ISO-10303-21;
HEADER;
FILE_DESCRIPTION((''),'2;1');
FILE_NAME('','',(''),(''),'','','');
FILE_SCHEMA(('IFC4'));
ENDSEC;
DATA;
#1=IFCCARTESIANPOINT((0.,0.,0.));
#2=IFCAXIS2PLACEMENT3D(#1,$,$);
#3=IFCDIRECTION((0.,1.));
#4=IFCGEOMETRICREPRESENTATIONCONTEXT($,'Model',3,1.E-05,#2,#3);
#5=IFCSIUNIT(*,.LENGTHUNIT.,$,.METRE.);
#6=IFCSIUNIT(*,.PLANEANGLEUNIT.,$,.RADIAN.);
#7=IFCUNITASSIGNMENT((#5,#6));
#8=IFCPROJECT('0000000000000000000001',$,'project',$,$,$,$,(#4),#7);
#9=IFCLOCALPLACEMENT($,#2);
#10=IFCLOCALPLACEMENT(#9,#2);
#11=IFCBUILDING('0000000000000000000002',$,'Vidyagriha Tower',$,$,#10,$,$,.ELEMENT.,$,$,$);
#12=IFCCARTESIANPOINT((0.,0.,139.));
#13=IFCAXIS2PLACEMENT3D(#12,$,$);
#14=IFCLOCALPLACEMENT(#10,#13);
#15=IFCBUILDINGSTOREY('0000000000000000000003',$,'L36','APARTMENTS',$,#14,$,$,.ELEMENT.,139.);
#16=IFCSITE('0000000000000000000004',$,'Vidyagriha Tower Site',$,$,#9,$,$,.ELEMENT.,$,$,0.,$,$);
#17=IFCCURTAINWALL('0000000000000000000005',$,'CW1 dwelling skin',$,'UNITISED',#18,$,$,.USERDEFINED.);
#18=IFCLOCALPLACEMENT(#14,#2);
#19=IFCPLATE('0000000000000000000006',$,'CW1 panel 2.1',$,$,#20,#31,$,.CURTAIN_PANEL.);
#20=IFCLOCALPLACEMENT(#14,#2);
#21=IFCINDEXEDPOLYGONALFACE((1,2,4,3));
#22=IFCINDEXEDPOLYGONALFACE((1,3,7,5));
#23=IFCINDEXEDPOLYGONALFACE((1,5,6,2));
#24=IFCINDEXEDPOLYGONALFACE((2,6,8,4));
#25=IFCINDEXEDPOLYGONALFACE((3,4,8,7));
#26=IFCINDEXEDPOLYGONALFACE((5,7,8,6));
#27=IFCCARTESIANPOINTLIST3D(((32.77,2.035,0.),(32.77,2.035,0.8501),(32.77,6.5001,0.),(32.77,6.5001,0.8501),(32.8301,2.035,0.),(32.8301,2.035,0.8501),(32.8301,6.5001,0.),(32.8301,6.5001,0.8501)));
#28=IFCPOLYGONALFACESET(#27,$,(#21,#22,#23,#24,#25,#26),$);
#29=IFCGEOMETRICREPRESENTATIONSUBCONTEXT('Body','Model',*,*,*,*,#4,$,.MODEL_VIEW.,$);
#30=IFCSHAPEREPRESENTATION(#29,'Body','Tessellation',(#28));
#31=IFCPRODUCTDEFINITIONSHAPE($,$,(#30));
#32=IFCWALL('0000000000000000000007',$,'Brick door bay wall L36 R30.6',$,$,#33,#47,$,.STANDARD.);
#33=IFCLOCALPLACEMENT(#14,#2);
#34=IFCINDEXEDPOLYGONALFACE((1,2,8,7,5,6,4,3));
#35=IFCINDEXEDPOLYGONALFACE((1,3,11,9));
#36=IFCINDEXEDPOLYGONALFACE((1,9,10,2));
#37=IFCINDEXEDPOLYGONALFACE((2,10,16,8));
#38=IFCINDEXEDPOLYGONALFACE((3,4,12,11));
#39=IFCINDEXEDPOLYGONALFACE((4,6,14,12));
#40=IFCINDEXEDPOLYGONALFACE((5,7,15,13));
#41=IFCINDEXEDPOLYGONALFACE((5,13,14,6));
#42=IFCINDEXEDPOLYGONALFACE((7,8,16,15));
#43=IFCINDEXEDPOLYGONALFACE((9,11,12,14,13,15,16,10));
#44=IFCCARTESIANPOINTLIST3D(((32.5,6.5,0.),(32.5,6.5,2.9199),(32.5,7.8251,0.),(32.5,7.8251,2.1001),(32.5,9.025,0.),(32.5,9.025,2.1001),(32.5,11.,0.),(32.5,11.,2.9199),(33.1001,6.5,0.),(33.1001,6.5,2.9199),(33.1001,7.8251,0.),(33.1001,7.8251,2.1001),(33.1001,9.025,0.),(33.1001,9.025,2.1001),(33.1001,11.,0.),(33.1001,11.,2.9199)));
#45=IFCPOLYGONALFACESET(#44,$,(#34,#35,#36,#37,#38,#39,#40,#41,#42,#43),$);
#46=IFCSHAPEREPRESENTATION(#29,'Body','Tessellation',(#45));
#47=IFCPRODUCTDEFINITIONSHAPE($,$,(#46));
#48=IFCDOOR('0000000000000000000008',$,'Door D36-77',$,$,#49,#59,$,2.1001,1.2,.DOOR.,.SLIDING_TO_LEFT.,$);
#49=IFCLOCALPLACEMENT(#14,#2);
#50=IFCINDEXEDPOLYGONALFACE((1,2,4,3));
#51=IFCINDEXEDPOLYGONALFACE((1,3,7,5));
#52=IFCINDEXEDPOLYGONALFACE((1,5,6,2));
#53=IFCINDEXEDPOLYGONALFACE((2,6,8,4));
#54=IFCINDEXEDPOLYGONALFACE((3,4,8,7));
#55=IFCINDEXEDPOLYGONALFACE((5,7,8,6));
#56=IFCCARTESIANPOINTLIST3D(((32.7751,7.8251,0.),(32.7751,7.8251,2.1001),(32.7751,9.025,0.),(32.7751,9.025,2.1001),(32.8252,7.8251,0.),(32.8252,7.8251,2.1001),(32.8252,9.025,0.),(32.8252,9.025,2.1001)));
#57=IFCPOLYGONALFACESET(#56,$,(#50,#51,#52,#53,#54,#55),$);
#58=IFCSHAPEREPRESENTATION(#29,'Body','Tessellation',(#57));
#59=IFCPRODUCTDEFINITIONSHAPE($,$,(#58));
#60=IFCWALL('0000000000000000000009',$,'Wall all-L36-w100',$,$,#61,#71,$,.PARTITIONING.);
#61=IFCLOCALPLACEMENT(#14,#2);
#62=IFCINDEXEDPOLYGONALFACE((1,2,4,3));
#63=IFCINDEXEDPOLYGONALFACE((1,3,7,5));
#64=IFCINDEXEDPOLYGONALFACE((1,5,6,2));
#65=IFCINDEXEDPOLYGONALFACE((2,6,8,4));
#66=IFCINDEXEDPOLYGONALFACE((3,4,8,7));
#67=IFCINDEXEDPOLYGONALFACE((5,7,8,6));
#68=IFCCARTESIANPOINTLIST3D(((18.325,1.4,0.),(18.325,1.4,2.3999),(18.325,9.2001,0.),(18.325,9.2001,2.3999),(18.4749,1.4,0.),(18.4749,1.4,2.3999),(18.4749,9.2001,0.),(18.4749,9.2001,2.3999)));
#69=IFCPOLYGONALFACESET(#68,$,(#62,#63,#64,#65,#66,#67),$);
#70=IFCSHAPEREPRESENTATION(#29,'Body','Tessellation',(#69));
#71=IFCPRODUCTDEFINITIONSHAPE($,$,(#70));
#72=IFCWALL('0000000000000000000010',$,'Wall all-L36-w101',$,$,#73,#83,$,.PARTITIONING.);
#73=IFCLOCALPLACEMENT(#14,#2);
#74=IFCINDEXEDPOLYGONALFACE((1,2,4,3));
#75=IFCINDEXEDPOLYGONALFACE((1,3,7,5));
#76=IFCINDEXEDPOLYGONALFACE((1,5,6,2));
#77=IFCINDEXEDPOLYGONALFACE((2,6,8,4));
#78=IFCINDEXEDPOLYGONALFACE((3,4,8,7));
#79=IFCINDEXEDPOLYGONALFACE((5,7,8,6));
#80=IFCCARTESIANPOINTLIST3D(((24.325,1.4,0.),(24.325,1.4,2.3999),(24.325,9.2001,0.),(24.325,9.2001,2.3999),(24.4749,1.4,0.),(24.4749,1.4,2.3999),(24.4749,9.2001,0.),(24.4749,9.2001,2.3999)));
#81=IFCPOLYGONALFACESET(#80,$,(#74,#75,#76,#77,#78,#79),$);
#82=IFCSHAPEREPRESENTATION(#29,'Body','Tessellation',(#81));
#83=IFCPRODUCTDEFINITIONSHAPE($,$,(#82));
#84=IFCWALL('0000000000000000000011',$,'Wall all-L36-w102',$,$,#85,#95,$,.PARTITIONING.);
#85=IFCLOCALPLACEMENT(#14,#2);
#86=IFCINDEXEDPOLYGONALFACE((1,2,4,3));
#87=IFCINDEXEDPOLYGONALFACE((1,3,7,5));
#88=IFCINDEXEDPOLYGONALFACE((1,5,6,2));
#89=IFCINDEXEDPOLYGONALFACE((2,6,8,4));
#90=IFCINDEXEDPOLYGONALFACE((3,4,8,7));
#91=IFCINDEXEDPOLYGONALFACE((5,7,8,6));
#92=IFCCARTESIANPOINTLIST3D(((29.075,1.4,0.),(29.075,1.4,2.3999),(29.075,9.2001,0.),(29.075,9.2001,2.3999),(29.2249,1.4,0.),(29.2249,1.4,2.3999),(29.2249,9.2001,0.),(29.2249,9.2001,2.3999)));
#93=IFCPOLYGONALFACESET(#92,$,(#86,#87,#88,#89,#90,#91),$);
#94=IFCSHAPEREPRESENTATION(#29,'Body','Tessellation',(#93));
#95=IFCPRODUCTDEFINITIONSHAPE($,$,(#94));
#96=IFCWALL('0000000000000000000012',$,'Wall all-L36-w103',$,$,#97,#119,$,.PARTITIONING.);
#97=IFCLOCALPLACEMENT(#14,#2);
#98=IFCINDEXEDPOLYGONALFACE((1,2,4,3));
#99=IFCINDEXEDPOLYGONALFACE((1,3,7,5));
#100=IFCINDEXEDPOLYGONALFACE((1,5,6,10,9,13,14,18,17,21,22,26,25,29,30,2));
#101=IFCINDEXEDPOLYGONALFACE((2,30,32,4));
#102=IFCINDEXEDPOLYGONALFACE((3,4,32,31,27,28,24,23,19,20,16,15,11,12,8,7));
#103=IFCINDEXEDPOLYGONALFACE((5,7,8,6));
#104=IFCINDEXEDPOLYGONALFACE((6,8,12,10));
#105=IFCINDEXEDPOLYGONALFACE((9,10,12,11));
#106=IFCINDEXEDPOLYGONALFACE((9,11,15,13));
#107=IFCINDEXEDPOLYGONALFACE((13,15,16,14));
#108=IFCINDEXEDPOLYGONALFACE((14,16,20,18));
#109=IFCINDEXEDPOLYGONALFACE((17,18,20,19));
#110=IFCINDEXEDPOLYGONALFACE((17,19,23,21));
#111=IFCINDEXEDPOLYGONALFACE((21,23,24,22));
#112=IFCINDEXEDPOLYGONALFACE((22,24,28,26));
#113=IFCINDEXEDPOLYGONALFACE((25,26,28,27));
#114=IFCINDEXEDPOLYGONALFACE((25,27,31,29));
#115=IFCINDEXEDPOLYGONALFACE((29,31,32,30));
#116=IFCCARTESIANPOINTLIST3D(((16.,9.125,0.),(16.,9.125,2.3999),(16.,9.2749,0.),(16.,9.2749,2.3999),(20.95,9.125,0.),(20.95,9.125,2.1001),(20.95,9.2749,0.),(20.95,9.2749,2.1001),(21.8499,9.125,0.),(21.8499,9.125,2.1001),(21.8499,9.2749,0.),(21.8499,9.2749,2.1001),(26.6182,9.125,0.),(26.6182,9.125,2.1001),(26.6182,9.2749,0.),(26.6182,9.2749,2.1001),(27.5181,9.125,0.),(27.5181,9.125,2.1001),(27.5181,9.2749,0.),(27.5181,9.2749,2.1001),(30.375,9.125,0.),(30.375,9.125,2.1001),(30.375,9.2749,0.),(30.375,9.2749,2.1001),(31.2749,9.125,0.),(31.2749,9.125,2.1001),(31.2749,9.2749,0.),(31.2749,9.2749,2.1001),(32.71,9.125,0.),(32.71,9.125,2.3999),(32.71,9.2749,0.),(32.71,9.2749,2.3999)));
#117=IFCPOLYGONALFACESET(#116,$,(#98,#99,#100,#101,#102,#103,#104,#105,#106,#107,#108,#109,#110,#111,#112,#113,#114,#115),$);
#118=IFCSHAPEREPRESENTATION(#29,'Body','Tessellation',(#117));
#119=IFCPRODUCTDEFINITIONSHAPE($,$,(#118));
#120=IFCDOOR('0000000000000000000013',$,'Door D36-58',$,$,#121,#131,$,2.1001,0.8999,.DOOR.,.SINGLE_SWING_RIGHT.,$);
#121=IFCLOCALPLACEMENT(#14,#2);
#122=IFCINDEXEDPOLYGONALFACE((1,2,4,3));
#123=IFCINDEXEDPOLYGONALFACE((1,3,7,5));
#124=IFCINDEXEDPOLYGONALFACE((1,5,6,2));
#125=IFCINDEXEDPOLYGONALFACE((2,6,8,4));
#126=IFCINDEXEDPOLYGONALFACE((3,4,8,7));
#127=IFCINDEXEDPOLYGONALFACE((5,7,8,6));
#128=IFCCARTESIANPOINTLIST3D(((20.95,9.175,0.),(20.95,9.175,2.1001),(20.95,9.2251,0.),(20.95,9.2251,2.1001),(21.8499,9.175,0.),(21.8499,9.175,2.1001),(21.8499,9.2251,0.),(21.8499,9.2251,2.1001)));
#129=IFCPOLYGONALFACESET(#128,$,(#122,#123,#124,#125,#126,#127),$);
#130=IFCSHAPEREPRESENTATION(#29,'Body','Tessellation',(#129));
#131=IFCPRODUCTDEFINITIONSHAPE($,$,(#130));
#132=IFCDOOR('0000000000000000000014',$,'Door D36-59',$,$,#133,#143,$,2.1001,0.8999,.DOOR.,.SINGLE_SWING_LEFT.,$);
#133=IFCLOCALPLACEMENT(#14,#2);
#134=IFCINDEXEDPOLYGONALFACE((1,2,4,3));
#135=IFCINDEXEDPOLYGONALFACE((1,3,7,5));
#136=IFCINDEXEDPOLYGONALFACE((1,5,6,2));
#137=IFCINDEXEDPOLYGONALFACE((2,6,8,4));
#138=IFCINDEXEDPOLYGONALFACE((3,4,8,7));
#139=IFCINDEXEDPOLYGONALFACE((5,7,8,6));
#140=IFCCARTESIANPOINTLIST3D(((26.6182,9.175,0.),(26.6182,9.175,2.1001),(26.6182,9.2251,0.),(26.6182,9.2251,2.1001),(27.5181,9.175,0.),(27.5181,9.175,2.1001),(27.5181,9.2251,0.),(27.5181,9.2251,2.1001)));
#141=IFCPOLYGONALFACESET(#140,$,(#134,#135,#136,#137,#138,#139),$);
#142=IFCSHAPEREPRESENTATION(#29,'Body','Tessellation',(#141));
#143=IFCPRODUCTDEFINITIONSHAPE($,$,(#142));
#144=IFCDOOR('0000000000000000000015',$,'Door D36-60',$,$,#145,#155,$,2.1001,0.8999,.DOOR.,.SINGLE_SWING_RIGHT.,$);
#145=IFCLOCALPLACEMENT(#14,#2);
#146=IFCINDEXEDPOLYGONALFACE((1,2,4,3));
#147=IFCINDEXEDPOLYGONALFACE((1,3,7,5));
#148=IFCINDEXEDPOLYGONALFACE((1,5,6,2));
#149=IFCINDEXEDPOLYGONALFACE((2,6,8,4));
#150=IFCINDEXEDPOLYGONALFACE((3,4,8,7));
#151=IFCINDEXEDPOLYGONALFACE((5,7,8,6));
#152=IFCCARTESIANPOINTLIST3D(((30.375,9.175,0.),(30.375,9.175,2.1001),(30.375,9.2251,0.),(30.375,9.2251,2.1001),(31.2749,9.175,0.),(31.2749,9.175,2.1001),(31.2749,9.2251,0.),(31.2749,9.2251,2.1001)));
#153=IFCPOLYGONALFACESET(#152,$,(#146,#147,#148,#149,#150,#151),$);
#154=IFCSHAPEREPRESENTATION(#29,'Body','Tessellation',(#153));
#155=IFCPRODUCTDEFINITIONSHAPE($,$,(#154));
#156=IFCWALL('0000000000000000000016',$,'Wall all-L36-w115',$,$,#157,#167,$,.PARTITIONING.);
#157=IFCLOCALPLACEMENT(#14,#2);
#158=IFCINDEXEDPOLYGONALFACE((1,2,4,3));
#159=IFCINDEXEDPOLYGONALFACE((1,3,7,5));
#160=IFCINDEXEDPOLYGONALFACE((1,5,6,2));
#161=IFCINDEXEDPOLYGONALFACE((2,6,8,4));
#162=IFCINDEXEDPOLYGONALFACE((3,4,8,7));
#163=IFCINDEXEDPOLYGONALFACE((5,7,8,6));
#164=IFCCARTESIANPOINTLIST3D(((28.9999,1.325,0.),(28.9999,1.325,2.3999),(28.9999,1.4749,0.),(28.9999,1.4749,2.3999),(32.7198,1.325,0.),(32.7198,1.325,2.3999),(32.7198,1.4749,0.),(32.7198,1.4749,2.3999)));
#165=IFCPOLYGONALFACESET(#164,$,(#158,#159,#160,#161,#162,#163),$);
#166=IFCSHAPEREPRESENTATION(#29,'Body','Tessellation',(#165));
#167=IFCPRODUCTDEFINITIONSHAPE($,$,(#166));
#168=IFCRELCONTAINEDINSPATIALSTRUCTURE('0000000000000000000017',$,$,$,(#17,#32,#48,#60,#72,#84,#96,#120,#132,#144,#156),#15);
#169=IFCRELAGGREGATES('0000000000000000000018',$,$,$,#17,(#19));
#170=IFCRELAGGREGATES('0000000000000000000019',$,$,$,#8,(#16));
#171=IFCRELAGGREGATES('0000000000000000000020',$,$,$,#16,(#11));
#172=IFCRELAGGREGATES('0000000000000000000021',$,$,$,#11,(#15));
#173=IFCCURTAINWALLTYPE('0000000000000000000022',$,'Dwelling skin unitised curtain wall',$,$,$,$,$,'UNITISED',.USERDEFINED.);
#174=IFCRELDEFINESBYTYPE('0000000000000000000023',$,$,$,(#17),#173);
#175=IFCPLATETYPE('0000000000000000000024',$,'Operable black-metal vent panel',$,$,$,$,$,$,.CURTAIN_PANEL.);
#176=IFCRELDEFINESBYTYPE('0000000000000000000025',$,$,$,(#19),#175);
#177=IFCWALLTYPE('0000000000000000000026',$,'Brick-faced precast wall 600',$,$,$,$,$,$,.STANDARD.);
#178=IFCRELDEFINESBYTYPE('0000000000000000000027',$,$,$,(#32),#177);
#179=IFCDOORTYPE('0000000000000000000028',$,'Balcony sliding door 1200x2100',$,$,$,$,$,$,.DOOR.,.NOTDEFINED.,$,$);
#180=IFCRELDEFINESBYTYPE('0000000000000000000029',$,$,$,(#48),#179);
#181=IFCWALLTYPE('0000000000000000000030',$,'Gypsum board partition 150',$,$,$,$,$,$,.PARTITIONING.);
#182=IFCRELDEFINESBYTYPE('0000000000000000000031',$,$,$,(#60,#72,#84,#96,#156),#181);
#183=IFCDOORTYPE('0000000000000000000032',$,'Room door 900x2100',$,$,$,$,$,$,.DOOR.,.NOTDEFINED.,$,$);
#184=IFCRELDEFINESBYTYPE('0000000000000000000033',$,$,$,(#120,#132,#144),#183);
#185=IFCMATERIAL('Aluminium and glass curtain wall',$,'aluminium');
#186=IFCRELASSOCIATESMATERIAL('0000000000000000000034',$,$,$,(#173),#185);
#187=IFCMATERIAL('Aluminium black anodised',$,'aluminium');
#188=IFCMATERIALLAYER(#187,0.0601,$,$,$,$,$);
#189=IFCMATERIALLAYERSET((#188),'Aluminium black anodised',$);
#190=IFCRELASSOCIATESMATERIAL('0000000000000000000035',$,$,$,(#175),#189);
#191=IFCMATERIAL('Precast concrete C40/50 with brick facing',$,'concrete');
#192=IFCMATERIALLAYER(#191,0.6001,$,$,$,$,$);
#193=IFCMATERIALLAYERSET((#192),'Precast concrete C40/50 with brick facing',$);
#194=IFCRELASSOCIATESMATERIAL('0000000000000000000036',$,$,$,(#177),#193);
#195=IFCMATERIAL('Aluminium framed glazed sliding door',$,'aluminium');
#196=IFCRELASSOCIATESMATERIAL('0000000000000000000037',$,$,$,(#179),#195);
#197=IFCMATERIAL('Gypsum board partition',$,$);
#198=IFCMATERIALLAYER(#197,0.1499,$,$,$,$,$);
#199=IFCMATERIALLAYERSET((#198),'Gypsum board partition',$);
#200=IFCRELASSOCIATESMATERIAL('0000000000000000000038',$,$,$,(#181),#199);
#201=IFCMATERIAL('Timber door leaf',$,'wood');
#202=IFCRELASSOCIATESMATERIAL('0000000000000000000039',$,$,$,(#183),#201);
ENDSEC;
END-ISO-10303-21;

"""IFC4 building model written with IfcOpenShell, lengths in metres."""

from ifc_helpers import new_model, si_unit, direction, frame, frame_2d, origin, origin_2d, place, context, subcontext, project, spatial, rectangle, extrude, material, layer, layer_set, type_object, element, fill, aggregate, save


model = new_model("IFC4")

# Units and contexts
model_context = context("Model", 3, precision=1e-05, world=origin(), true_north=direction((0.0, 1.0)))
body_context = subcontext(model_context, "Body", "Model", "MODEL_VIEW")
ifc_project = project(units=[si_unit("LENGTHUNIT", "METRE"), si_unit("PLANEANGLEUNIT", "RADIAN")], contexts=[model_context])

# Site, building, storey
site_placement = place(None, origin())
site = spatial("IfcSite", under=ifc_project, at=site_placement, Name="Vidyagriha Tower Site", CompositionType="ELEMENT", RefElevation=0.0)
building_placement = place(site_placement, origin())
building = spatial("IfcBuilding", under=site, at=building_placement, Name="Vidyagriha Tower", CompositionType="ELEMENT")
storey_placement = place(building_placement, frame((0.0, 0.0, 139.0)))
storey = spatial("IfcBuildingStorey", under=building, at=storey_placement, Name="L36", Description="APARTMENTS", CompositionType="ELEMENT", Elevation=139.0)

# Curtain wall
ifc_material_1 = material(Name="Aluminium and glass curtain wall", Category="aluminium")
curtain_wall_type = type_object("IfcCurtainWallType", Name="Dwelling skin unitised curtain wall", ElementType="UNITISED", PredefinedType="USERDEFINED", material=ifc_material_1)
curtain_wall_1_placement = place(storey_placement, origin())
curtain_wall_1 = element("IfcCurtainWall", 1, at=curtain_wall_1_placement, inside=storey, type_object=curtain_wall_type, Name="CW1 dwelling skin", ObjectType="UNITISED", PredefinedType="USERDEFINED")

# Plate
ifc_material_2 = material(Name="Aluminium black anodised", Category="aluminium")
ifc_layer_1 = layer(ifc_material_2, 0.0601)
ifc_layer_set_1 = layer_set([ifc_layer_1], Name="Aluminium black anodised")
plate_type_1 = type_object("IfcPlateType", Name="Operable black-metal vent panel", PredefinedType="CURTAIN_PANEL", material=ifc_layer_set_1)
plate_1_placement = place(storey_placement, frame((32.8, 4.2676, 0.0), z_axis=(0.0, 0.0, 1.0), x_axis=(0.0, 1.0, 0.0)))
plate_1 = element("IfcPlate", 2, at=plate_1_placement, type_object=plate_type_1, Name="CW1 panel 2.1", PredefinedType="CURTAIN_PANEL", context=body_context, shape_type="SweptSolid", body=[
    extrude(rectangle(XDim=4.4651, YDim=0.0601, at=origin_2d()), origin(), (0.0, 0.0, 1.0), 0.8501),
])
aggregate(curtain_wall_1, [plate_1])

# Wall, opening, door
ifc_material_3 = material(Name="Precast concrete C40/50 with brick facing", Category="concrete")
ifc_layer_2 = layer(ifc_material_3, 0.6001)
ifc_layer_set_2 = layer_set([ifc_layer_2], Name="Precast concrete C40/50 with brick facing")
wall_type_1 = type_object("IfcWallType", Name="Brick-faced precast wall 600", PredefinedType="STANDARD", material=ifc_layer_set_2)
wall_1_placement = place(storey_placement, frame((32.8, 6.5, 0.0), z_axis=(0.0, 0.0, 1.0), x_axis=(0.0, 1.0, 0.0)))
wall_1 = element("IfcWall", 3, at=wall_1_placement, inside=storey, type_object=wall_type_1, Name="Brick door bay wall L36 R30.6", PredefinedType="STANDARD", context=body_context, shape_type="SweptSolid", body=[
    extrude(rectangle(XDim=4.5, YDim=0.6001, at=frame_2d((2.25, 0.0))), origin(), (0.0, 0.0, 1.0), 2.9199),
])
opening_1_placement = place(wall_1_placement, frame((1.325, 0.0, 0.0)))
opening_1 = element("IfcOpeningElement", 4, at=opening_1_placement, cuts=wall_1, PredefinedType="OPENING", context=body_context, shape_type="SweptSolid", body=[
    extrude(rectangle(XDim=1.2, YDim=2.1001, at=frame_2d((0.6001, 1.05))), frame((0.0, 0.3101, 0.0), z_axis=(0.0, -1.0, 0.0), x_axis=(1.0, 0.0, 0.0)), (0.0, 0.0, 1.0), 0.6201),
])
ifc_material_4 = material(Name="Aluminium framed glazed sliding door", Category="aluminium")
door_type_1 = type_object("IfcDoorType", Name="Balcony sliding door 1200x2100", OperationType="NOTDEFINED", PredefinedType="DOOR", material=ifc_material_4)
door_1_placement = place(opening_1_placement, origin())
door_1 = element("IfcDoor", 5, at=door_1_placement, inside=storey, type_object=door_type_1, Name="Door D36-77", OperationType="SLIDING_TO_LEFT", OverallHeight=2.1001, OverallWidth=1.2, PredefinedType="DOOR", context=body_context, shape_type="SweptSolid", body=[
    extrude(rectangle(XDim=1.2, YDim=2.1001, at=frame_2d((0.6001, 1.05))), frame((0.0, 0.0249, 0.0), z_axis=(0.0, -1.0, 0.0), x_axis=(1.0, 0.0, 0.0)), (0.0, 0.0, 1.0), 0.05),
])
fill(opening_1, door_1)

# Walls
ifc_material_5 = material(Name="Gypsum board partition")
ifc_layer_3 = layer(ifc_material_5, 0.1499)
ifc_layer_set_3 = layer_set([ifc_layer_3], Name="Gypsum board partition")
wall_type_2 = type_object("IfcWallType", Name="Gypsum board partition 150", PredefinedType="PARTITIONING", material=ifc_layer_set_3)
for number, where, z_axis, x_axis, name in (
    (6, (18.3999, 9.2, 0.0), (0.0, 0.0, 1.0), (0.0, -1.0, 0.0), "Wall all-L36-w100"),
    (7, (24.3999, 9.2, 0.0), (0.0, 0.0, 1.0), (0.0, -1.0, 0.0), "Wall all-L36-w101"),
    (8, (29.1499, 9.2, 0.0), (0.0, 0.0, 1.0), (0.0, -1.0, 0.0), "Wall all-L36-w102"),
):
    element("IfcWall", number, at=place(storey_placement, frame(where, z_axis=z_axis, x_axis=x_axis)), inside=storey, type_object=wall_type_2, Name=name, PredefinedType="PARTITIONING", context=body_context, shape_type="SweptSolid", body=[
        extrude(rectangle(XDim=7.8, YDim=0.1499, at=frame_2d((3.8999, 0.0))), origin(), (0.0, 0.0, 1.0), 2.3999),
    ])

# Wall, openings, doors
wall_2_placement = place(storey_placement, frame((32.71, 9.2, 0.0), z_axis=(0.0, 0.0, 1.0), x_axis=(-1.0, 0.0, 0.0)))
wall_2 = element("IfcWall", 9, at=wall_2_placement, inside=storey, type_object=wall_type_2, Name="Wall all-L36-w103", PredefinedType="PARTITIONING", context=body_context, shape_type="SweptSolid", body=[
    extrude(rectangle(XDim=16.71, YDim=0.1499, at=frame_2d((8.355, 0.0))), origin(), (0.0, 0.0, 1.0), 2.3999),
])
opening_2_placement = place(wall_2_placement, frame((10.8601, 0.0, 0.0)))
opening_2 = element("IfcOpeningElement", 10, at=opening_2_placement, cuts=wall_2, PredefinedType="OPENING", context=body_context, shape_type="SweptSolid", body=[
    extrude(rectangle(XDim=0.8999, YDim=2.1001, at=frame_2d((0.45, 1.05))), frame((0.0, 0.085, 0.0), z_axis=(0.0, -1.0, 0.0), x_axis=(1.0, 0.0, 0.0)), (0.0, 0.0, 1.0), 0.1699),
])
opening_3_placement = place(wall_2_placement, frame((5.1919, 0.0, 0.0)))
opening_3 = element("IfcOpeningElement", 11, at=opening_3_placement, cuts=wall_2, PredefinedType="OPENING", context=body_context, shape_type="SweptSolid", body=[
    extrude(rectangle(XDim=0.8999, YDim=2.1001, at=frame_2d((0.45, 1.05))), frame((0.0, 0.085, 0.0), z_axis=(0.0, -1.0, 0.0), x_axis=(1.0, 0.0, 0.0)), (0.0, 0.0, 1.0), 0.1699),
])
opening_4_placement = place(wall_2_placement, frame((1.4351, 0.0, 0.0)))
opening_4 = element("IfcOpeningElement", 12, at=opening_4_placement, cuts=wall_2, PredefinedType="OPENING", context=body_context, shape_type="SweptSolid", body=[
    extrude(rectangle(XDim=0.8999, YDim=2.1001, at=frame_2d((0.45, 1.05))), frame((0.0, 0.085, 0.0), z_axis=(0.0, -1.0, 0.0), x_axis=(1.0, 0.0, 0.0)), (0.0, 0.0, 1.0), 0.1699),
])
ifc_material_6 = material(Name="Timber door leaf", Category="wood")
door_type_2 = type_object("IfcDoorType", Name="Room door 900x2100", OperationType="NOTDEFINED", PredefinedType="DOOR", material=ifc_material_6)
door_2_placement = place(opening_2_placement, origin())
door_2 = element("IfcDoor", 13, at=door_2_placement, inside=storey, type_object=door_type_2, Name="Door D36-58", OperationType="SINGLE_SWING_RIGHT", OverallHeight=2.1001, OverallWidth=0.8999, PredefinedType="DOOR", context=body_context, shape_type="SweptSolid", body=[
    extrude(rectangle(XDim=0.8999, YDim=2.1001, at=frame_2d((0.45, 1.05))), frame((0.0, 0.0249, 0.0), z_axis=(0.0, -1.0, 0.0), x_axis=(1.0, 0.0, 0.0)), (0.0, 0.0, 1.0), 0.05),
])
fill(opening_2, door_2)
door_3_placement = place(opening_3_placement, origin())
door_3 = element("IfcDoor", 14, at=door_3_placement, inside=storey, type_object=door_type_2, Name="Door D36-59", OperationType="SINGLE_SWING_LEFT", OverallHeight=2.1001, OverallWidth=0.8999, PredefinedType="DOOR", context=body_context, shape_type="SweptSolid", body=[
    extrude(rectangle(XDim=0.8999, YDim=2.1001, at=frame_2d((0.45, 1.05))), frame((0.0, 0.0249, 0.0), z_axis=(0.0, -1.0, 0.0), x_axis=(1.0, 0.0, 0.0)), (0.0, 0.0, 1.0), 0.05),
])
fill(opening_3, door_3)
door_4_placement = place(opening_4_placement, origin())
door_4 = element("IfcDoor", 15, at=door_4_placement, inside=storey, type_object=door_type_2, Name="Door D36-60", OperationType="SINGLE_SWING_RIGHT", OverallHeight=2.1001, OverallWidth=0.8999, PredefinedType="DOOR", context=body_context, shape_type="SweptSolid", body=[
    extrude(rectangle(XDim=0.8999, YDim=2.1001, at=frame_2d((0.45, 1.05))), frame((0.0, 0.0249, 0.0), z_axis=(0.0, -1.0, 0.0), x_axis=(1.0, 0.0, 0.0)), (0.0, 0.0, 1.0), 0.05),
])
fill(opening_4, door_4)

# Wall
wall_3_placement = place(storey_placement, frame((29.0, 1.3999, 0.0)))
element("IfcWall", 16, at=wall_3_placement, inside=storey, type_object=wall_type_2, Name="Wall all-L36-w115", PredefinedType="PARTITIONING", context=body_context, shape_type="SweptSolid", body=[
    extrude(rectangle(XDim=3.72, YDim=0.1499, at=frame_2d((1.8599, 0.0))), origin(), (0.0, 0.0, 1.0), 2.3999),
])

save(model, "model.ifc")
